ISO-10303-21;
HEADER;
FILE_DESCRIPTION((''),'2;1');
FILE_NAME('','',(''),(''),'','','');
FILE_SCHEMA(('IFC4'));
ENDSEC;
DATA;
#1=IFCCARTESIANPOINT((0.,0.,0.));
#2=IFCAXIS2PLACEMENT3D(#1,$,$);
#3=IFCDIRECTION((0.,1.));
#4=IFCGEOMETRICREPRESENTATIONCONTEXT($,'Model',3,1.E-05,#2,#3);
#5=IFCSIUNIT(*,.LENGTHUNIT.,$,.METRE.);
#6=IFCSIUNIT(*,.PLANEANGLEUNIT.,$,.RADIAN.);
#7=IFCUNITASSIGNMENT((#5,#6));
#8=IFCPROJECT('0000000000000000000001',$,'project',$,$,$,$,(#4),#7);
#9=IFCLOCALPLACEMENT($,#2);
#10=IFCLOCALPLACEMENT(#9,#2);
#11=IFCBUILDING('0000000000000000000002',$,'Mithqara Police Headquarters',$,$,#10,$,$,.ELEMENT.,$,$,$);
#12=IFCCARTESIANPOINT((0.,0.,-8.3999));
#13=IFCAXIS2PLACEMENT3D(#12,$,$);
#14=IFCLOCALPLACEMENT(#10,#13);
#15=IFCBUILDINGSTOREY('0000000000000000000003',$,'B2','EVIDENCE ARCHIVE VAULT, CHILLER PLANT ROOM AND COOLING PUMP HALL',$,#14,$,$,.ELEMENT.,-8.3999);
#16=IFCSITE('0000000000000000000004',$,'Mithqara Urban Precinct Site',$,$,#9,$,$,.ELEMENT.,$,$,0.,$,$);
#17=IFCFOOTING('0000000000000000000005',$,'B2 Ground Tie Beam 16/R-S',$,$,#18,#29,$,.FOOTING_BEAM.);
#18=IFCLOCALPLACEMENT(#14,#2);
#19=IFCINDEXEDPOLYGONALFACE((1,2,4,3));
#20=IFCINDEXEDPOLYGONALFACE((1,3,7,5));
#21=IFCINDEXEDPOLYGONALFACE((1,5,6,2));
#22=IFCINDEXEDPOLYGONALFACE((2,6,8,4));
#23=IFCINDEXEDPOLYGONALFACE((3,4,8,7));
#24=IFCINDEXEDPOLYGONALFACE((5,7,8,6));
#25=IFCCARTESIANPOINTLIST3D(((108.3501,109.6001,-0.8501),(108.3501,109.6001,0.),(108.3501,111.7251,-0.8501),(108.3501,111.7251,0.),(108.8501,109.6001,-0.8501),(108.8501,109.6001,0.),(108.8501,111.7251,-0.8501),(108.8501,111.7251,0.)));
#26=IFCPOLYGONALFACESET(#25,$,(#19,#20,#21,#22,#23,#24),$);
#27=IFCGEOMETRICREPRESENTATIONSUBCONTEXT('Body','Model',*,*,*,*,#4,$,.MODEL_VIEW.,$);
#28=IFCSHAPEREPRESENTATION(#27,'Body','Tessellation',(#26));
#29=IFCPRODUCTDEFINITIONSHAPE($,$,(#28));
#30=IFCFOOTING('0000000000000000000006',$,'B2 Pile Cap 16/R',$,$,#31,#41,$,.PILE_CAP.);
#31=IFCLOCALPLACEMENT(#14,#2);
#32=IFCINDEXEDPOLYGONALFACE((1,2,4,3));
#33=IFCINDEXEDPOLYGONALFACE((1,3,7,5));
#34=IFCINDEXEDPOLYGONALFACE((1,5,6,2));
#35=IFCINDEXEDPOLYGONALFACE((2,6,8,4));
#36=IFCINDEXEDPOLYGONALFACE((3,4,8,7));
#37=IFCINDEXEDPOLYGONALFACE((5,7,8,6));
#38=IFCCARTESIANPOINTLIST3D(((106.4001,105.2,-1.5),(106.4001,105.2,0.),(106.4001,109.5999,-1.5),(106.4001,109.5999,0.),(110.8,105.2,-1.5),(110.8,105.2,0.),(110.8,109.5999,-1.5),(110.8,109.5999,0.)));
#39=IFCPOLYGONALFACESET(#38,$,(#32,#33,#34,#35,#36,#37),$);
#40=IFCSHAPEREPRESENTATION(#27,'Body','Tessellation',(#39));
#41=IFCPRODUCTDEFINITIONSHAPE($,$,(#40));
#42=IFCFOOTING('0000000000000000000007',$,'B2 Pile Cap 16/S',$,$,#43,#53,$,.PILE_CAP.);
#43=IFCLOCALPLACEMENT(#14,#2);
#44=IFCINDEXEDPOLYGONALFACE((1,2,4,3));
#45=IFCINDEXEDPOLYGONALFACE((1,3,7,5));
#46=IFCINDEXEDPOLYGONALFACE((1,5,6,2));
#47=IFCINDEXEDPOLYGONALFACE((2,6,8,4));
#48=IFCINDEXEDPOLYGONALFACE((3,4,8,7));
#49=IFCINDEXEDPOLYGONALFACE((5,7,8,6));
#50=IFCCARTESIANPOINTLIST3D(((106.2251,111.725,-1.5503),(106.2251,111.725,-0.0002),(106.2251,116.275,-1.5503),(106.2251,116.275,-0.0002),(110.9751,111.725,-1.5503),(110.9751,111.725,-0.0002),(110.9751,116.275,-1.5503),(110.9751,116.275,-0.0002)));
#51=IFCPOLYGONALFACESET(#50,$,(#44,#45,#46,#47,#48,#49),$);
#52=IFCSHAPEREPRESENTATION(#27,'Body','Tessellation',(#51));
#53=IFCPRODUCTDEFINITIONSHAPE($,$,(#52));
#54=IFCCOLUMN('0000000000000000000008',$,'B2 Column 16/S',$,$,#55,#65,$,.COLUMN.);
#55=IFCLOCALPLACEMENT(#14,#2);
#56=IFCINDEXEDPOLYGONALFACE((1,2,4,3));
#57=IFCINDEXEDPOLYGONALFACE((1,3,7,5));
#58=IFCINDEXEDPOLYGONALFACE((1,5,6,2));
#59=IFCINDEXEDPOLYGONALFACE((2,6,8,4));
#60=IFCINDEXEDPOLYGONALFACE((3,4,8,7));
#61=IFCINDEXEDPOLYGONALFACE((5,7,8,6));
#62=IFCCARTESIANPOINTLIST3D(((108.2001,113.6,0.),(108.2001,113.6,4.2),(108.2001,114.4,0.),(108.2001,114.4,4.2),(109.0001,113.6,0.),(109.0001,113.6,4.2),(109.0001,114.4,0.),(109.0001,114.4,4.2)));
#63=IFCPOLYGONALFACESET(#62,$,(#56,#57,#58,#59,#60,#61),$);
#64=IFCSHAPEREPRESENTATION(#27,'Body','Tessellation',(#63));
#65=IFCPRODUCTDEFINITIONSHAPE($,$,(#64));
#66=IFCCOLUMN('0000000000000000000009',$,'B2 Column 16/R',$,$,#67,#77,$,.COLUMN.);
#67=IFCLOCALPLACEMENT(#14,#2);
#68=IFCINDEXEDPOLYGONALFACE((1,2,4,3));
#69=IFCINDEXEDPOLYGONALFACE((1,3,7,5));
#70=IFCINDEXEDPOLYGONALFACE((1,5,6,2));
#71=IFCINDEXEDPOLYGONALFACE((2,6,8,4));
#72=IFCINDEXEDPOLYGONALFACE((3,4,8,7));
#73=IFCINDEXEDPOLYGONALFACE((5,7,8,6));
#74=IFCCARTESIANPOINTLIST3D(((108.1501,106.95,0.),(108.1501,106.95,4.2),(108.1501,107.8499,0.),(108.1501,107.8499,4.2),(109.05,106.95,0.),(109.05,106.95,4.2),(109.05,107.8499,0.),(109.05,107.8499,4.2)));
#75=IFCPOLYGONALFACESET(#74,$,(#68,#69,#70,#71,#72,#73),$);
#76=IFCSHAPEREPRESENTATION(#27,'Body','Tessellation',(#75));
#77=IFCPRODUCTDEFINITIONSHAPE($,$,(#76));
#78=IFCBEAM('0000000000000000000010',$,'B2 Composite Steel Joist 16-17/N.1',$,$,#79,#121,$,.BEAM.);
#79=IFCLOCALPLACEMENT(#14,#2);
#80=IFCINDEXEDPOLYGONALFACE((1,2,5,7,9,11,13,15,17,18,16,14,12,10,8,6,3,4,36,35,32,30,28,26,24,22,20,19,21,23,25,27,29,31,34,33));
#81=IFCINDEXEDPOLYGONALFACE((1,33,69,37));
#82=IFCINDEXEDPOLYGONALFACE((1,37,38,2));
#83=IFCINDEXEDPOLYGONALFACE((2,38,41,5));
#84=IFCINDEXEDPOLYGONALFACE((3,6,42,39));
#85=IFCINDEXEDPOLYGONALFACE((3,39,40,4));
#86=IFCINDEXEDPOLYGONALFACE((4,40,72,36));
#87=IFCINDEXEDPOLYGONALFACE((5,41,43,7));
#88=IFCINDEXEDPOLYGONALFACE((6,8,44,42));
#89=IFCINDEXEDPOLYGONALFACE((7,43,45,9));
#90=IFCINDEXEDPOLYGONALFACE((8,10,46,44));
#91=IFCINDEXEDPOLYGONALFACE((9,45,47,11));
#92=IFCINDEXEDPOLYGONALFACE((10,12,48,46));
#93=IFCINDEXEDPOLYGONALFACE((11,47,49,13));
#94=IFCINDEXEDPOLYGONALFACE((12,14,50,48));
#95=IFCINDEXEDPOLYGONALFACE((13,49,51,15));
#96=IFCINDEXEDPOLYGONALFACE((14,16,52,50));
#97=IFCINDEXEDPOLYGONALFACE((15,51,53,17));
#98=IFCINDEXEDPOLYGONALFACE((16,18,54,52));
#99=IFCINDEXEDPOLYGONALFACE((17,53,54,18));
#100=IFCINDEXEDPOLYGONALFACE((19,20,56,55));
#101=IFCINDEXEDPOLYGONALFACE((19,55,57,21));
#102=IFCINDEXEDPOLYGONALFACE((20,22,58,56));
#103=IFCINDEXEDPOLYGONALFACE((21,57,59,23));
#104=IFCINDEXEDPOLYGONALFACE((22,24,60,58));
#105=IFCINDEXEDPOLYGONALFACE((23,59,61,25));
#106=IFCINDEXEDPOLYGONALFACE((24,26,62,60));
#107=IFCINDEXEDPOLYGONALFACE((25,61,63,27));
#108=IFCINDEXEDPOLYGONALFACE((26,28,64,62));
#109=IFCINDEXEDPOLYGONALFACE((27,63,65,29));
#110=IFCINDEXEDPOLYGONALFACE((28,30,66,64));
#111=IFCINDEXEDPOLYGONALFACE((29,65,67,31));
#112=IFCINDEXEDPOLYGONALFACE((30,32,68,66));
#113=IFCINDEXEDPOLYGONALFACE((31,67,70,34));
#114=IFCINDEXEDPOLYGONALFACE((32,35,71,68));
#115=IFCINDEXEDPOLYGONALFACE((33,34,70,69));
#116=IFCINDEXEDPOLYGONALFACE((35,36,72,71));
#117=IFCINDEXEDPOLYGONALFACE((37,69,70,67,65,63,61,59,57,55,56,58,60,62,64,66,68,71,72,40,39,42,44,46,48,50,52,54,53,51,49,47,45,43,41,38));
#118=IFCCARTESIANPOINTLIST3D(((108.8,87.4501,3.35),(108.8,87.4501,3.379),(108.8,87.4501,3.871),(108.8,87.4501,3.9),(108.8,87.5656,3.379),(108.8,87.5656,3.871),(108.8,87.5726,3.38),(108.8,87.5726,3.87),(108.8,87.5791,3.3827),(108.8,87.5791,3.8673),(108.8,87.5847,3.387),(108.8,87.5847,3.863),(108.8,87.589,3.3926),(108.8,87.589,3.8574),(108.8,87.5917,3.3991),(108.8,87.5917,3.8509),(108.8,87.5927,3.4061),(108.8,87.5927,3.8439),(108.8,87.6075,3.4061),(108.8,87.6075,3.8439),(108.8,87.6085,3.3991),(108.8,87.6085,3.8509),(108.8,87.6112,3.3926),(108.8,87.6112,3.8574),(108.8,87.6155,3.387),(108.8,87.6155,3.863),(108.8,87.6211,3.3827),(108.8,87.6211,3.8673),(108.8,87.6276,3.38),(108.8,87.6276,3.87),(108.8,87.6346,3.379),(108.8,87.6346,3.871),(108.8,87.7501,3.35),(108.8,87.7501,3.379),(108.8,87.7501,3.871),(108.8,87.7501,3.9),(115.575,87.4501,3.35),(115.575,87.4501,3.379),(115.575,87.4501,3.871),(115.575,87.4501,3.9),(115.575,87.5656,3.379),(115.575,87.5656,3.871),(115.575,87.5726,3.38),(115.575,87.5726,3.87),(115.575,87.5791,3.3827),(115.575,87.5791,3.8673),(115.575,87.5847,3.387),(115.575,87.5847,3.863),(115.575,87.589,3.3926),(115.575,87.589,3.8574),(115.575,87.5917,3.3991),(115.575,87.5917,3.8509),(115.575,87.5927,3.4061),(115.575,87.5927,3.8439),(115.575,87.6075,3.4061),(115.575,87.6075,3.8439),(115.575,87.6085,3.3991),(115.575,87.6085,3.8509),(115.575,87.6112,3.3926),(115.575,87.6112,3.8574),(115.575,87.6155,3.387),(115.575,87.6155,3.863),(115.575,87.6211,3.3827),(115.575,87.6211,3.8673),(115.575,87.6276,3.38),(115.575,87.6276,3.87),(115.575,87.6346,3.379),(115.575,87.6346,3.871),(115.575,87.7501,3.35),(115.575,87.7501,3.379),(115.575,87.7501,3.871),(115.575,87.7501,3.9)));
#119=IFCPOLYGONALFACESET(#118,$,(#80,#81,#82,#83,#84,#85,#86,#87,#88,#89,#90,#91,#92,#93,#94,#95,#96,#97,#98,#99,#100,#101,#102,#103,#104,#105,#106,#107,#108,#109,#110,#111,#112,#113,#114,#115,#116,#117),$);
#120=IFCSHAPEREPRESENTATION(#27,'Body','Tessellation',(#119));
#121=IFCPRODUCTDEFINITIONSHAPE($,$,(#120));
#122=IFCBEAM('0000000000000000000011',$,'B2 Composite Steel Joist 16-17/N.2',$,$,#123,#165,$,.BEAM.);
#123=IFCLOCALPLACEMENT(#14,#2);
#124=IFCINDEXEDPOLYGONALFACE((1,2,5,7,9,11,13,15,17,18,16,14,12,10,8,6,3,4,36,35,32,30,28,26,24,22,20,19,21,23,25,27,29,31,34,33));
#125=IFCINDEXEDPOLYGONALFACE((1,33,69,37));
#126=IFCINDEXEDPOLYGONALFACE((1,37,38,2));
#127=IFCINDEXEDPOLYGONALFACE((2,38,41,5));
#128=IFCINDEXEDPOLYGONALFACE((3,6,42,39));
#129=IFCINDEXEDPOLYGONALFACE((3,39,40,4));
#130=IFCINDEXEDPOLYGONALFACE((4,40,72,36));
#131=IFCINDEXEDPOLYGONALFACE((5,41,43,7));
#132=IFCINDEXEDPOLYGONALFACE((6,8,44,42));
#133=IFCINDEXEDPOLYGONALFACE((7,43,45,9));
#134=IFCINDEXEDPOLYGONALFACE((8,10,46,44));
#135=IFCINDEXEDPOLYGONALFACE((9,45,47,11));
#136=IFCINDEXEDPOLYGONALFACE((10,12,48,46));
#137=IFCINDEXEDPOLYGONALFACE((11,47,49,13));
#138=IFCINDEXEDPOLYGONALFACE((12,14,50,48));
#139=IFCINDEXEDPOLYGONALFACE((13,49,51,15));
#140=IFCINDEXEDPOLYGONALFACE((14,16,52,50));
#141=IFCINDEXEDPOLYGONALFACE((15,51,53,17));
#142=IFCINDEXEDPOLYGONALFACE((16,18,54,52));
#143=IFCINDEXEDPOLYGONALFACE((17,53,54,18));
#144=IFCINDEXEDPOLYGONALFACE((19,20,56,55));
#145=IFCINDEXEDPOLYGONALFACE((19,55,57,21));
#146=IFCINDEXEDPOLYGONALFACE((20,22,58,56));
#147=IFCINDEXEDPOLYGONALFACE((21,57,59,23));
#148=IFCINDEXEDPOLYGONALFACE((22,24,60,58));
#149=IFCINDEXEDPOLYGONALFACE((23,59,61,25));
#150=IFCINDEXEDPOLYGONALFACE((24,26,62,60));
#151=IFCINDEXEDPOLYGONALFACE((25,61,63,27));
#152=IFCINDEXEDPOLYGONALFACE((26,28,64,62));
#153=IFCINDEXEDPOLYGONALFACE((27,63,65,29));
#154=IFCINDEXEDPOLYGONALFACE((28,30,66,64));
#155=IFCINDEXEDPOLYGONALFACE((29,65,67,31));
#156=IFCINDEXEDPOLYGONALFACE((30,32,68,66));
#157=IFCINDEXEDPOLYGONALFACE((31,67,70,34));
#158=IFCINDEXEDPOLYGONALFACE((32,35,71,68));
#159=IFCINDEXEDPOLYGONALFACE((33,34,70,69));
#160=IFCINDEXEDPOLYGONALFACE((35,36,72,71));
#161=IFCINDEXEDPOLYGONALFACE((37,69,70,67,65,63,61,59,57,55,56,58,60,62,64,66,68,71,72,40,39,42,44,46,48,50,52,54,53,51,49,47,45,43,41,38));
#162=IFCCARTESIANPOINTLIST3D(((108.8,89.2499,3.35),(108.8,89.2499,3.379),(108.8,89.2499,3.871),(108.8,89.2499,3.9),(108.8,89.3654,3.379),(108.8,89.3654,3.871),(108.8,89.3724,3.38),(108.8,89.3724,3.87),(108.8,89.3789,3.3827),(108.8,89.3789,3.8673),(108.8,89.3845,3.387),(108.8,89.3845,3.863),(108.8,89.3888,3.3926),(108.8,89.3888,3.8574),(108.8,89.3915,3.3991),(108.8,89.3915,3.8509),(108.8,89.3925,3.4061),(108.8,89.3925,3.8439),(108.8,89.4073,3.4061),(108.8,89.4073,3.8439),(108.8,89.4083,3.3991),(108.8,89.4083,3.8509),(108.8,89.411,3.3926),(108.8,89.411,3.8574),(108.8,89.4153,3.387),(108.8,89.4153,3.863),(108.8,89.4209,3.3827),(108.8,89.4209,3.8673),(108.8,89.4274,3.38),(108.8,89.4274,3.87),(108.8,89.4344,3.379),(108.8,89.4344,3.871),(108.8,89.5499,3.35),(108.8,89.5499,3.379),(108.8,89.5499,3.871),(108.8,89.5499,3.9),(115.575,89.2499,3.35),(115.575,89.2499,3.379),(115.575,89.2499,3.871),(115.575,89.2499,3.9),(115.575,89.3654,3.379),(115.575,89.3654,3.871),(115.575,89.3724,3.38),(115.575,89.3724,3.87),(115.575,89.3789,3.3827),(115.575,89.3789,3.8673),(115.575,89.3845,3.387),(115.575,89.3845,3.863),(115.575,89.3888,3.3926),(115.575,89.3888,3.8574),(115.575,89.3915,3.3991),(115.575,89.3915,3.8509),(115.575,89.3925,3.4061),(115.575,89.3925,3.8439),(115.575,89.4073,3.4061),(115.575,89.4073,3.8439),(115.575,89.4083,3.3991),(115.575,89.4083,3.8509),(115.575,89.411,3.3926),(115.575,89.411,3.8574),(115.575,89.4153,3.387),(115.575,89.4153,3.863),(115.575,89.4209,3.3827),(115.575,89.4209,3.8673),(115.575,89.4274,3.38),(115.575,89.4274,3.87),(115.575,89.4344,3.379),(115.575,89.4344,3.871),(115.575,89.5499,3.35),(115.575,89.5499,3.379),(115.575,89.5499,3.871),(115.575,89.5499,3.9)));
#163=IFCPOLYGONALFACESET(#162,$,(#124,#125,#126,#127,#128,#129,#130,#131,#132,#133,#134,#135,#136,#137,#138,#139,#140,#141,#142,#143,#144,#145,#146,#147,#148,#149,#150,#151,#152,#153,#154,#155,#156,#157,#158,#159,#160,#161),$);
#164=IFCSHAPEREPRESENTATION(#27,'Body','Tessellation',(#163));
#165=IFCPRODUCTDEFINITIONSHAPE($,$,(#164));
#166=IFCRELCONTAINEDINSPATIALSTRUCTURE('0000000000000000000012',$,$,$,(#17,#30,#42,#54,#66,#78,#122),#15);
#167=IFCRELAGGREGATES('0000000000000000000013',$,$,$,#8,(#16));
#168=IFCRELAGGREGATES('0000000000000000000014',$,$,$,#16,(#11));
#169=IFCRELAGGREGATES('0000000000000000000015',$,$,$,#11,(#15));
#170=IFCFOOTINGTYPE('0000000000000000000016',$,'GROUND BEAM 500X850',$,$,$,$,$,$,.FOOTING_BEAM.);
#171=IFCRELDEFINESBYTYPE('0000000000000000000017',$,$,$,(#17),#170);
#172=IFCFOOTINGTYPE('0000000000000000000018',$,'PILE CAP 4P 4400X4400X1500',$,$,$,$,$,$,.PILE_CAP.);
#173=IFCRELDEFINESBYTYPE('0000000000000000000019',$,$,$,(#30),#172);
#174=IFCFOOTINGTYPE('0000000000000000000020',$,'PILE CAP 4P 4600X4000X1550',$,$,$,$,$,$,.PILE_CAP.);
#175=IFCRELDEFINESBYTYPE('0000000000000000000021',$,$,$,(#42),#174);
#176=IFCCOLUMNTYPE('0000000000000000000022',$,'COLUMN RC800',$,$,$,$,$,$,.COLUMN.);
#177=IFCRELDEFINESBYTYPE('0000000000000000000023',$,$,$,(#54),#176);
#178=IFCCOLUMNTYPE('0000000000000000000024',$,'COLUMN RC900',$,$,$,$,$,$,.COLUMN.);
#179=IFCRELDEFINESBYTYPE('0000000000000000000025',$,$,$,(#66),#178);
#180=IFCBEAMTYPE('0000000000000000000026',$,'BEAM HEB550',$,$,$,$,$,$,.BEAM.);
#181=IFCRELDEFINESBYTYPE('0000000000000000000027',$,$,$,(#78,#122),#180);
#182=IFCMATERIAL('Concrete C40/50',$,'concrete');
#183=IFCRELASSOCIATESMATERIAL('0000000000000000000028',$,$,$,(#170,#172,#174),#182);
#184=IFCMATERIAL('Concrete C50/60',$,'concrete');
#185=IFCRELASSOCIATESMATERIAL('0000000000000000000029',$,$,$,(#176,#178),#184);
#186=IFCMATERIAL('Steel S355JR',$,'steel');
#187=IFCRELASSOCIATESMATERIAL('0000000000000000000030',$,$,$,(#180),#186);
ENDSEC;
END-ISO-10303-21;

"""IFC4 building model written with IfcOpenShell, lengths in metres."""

from ifc_helpers import new_model, si_unit, direction, frame, origin, origin_2d, place, context, subcontext, project, spatial, rectangle, i_section, extrude, material, material_profile, profile_set, type_object, element, save


model = new_model("IFC4")

# Units and contexts
model_context = context("Model", 3, precision=1e-05, world=origin(), true_north=direction((0.0, 1.0)))
body_context = subcontext(model_context, "Body", "Model", "MODEL_VIEW")
ifc_project = project(units=[si_unit("LENGTHUNIT", "METRE"), si_unit("PLANEANGLEUNIT", "RADIAN")], contexts=[model_context])

# Site, building, storey
site_placement = place(None, origin())
site = spatial("IfcSite", under=ifc_project, at=site_placement, Name="Mithqara Urban Precinct Site", CompositionType="ELEMENT", RefElevation=0.0)
building_placement = place(site_placement, origin())
building = spatial("IfcBuilding", under=site, at=building_placement, Name="Mithqara Police Headquarters", CompositionType="ELEMENT")
storey_placement = place(building_placement, frame((0.0, 0.0, -8.3999)))
storey = spatial("IfcBuildingStorey", under=building, at=storey_placement, Name="B2", Description="EVIDENCE ARCHIVE VAULT, CHILLER PLANT ROOM AND COOLING PUMP HALL", CompositionType="ELEMENT", Elevation=-8.3999)

# Footings
ifc_material_1 = material(Name="Concrete C40/50", Category="concrete")
footing_type_1 = type_object("IfcFootingType", Name="GROUND BEAM 500X850", PredefinedType="FOOTING_BEAM", material=ifc_material_1)
footing_1_placement = place(storey_placement, frame((108.6001, 110.6626, -0.8501), z_axis=(0.0, 0.0, 1.0), x_axis=(1.0, 0.0, 0.0)))
element("IfcFooting", 1, at=footing_1_placement, inside=storey, type_object=footing_type_1, Name="B2 Ground Tie Beam 16/R-S", PredefinedType="FOOTING_BEAM", context=body_context, shape_type="SweptSolid", body=[
    extrude(rectangle(XDim=0.5, YDim=2.125, at=origin_2d()), origin(), (0.0, 0.0, 1.0), 0.8501),
])
footing_type_2 = type_object("IfcFootingType", Name="PILE CAP 4P 4400X4400X1500", PredefinedType="PILE_CAP", material=ifc_material_1)
footing_2_placement = place(storey_placement, frame((108.6001, 107.3999, -1.5), z_axis=(0.0, 0.0, 1.0), x_axis=(1.0, 0.0, 0.0)))
element("IfcFooting", 2, at=footing_2_placement, inside=storey, type_object=footing_type_2, Name="B2 Pile Cap 16/R", PredefinedType="PILE_CAP", context=body_context, shape_type="SweptSolid", body=[
    extrude(rectangle(XDim=4.3999, YDim=4.3999, at=origin_2d()), origin(), (0.0, 0.0, 1.0), 1.5),
])
footing_type_3 = type_object("IfcFootingType", Name="PILE CAP 4P 4600X4000X1550", PredefinedType="PILE_CAP", material=ifc_material_1)
footing_3_placement = place(storey_placement, frame((108.6001, 114.0, -1.5503), z_axis=(0.0, 0.0, 1.0), x_axis=(1.0, 0.0, 0.0)))
element("IfcFooting", 3, at=footing_3_placement, inside=storey, type_object=footing_type_3, Name="B2 Pile Cap 16/S", PredefinedType="PILE_CAP", context=body_context, shape_type="SweptSolid", body=[
    extrude(rectangle(XDim=4.75, YDim=4.55, at=origin_2d()), origin(), (0.0, 0.0, 1.0), 1.55),
])

# Columns
ifc_material_2 = material(Name="Concrete C50/60", Category="concrete")
ifc_material_profile_1 = material_profile(ifc_material_2, rectangle(XDim=0.8, YDim=0.8, at=origin_2d()), Name="RC 800x800")
ifc_profile_set_1 = profile_set([ifc_material_profile_1], Name="Concrete C50/60")
column_type_1 = type_object("IfcColumnType", Name="COLUMN RC800", PredefinedType="COLUMN", material=ifc_profile_set_1)
column_1_placement = place(storey_placement, frame((108.6001, 114.0, 0.0), z_axis=(0.0, 0.0, 1.0), x_axis=(1.0, 0.0, 0.0)))
element("IfcColumn", 4, at=column_1_placement, inside=storey, type_object=column_type_1, Name="B2 Column 16/S", PredefinedType="COLUMN", context=body_context, shape_type="SweptSolid", body=[
    extrude(rectangle(XDim=0.8, YDim=0.8, at=origin_2d()), origin(), (0.0, 0.0, 1.0), 4.2),
])
ifc_material_profile_2 = material_profile(ifc_material_2, rectangle(XDim=0.8999, YDim=0.8999, at=origin_2d()), Name="RC 900x900")
ifc_profile_set_2 = profile_set([ifc_material_profile_2], Name="Concrete C50/60")
column_type_2 = type_object("IfcColumnType", Name="COLUMN RC900", PredefinedType="COLUMN", material=ifc_profile_set_2)
column_2_placement = place(storey_placement, frame((108.6001, 107.3999, 0.0), z_axis=(0.0, 0.0, 1.0), x_axis=(1.0, 0.0, 0.0)))
element("IfcColumn", 5, at=column_2_placement, inside=storey, type_object=column_type_2, Name="B2 Column 16/R", PredefinedType="COLUMN", context=body_context, shape_type="SweptSolid", body=[
    extrude(rectangle(XDim=0.8999, YDim=0.8999, at=origin_2d()), origin(), (0.0, 0.0, 1.0), 4.2),
])

# Beams
ifc_material_3 = material(Name="Steel S355JR", Category="steel")
ifc_material_profile_3 = material_profile(ifc_material_3, i_section(OverallWidth=0.3, OverallDepth=0.55, WebThickness=0.0149, FlangeThickness=0.0291, FilletRadius=0.0271, at=origin_2d()), Name="HEB 550")
ifc_profile_set_3 = profile_set([ifc_material_profile_3], Name="Steel S355JR")
beam_type_1 = type_object("IfcBeamType", Name="BEAM HEB550", PredefinedType="BEAM", material=ifc_profile_set_3)
for number, where, z_axis, x_axis, name in (
    (6, (108.8, 87.6001, 3.625), (1.0, 0.0, 0.0), (0.0, 1.0, 0.0), "B2 Composite Steel Joist 16-17/N.1"),
    (7, (108.8, 89.3999, 3.625), (1.0, 0.0, 0.0), (0.0, 1.0, 0.0), "B2 Composite Steel Joist 16-17/N.2"),
):
    element("IfcBeam", number, at=place(storey_placement, frame(where, z_axis=z_axis, x_axis=x_axis)), inside=storey, type_object=beam_type_1, Name=name, PredefinedType="BEAM", context=body_context, shape_type="SweptSolid", body=[
        extrude(i_section(OverallWidth=0.3, OverallDepth=0.55, WebThickness=0.0149, FlangeThickness=0.0291, FilletRadius=0.0271, at=origin_2d()), origin(), (0.0, 0.0, 1.0), 6.7749),
    ])

save(model, "model.ifc")
